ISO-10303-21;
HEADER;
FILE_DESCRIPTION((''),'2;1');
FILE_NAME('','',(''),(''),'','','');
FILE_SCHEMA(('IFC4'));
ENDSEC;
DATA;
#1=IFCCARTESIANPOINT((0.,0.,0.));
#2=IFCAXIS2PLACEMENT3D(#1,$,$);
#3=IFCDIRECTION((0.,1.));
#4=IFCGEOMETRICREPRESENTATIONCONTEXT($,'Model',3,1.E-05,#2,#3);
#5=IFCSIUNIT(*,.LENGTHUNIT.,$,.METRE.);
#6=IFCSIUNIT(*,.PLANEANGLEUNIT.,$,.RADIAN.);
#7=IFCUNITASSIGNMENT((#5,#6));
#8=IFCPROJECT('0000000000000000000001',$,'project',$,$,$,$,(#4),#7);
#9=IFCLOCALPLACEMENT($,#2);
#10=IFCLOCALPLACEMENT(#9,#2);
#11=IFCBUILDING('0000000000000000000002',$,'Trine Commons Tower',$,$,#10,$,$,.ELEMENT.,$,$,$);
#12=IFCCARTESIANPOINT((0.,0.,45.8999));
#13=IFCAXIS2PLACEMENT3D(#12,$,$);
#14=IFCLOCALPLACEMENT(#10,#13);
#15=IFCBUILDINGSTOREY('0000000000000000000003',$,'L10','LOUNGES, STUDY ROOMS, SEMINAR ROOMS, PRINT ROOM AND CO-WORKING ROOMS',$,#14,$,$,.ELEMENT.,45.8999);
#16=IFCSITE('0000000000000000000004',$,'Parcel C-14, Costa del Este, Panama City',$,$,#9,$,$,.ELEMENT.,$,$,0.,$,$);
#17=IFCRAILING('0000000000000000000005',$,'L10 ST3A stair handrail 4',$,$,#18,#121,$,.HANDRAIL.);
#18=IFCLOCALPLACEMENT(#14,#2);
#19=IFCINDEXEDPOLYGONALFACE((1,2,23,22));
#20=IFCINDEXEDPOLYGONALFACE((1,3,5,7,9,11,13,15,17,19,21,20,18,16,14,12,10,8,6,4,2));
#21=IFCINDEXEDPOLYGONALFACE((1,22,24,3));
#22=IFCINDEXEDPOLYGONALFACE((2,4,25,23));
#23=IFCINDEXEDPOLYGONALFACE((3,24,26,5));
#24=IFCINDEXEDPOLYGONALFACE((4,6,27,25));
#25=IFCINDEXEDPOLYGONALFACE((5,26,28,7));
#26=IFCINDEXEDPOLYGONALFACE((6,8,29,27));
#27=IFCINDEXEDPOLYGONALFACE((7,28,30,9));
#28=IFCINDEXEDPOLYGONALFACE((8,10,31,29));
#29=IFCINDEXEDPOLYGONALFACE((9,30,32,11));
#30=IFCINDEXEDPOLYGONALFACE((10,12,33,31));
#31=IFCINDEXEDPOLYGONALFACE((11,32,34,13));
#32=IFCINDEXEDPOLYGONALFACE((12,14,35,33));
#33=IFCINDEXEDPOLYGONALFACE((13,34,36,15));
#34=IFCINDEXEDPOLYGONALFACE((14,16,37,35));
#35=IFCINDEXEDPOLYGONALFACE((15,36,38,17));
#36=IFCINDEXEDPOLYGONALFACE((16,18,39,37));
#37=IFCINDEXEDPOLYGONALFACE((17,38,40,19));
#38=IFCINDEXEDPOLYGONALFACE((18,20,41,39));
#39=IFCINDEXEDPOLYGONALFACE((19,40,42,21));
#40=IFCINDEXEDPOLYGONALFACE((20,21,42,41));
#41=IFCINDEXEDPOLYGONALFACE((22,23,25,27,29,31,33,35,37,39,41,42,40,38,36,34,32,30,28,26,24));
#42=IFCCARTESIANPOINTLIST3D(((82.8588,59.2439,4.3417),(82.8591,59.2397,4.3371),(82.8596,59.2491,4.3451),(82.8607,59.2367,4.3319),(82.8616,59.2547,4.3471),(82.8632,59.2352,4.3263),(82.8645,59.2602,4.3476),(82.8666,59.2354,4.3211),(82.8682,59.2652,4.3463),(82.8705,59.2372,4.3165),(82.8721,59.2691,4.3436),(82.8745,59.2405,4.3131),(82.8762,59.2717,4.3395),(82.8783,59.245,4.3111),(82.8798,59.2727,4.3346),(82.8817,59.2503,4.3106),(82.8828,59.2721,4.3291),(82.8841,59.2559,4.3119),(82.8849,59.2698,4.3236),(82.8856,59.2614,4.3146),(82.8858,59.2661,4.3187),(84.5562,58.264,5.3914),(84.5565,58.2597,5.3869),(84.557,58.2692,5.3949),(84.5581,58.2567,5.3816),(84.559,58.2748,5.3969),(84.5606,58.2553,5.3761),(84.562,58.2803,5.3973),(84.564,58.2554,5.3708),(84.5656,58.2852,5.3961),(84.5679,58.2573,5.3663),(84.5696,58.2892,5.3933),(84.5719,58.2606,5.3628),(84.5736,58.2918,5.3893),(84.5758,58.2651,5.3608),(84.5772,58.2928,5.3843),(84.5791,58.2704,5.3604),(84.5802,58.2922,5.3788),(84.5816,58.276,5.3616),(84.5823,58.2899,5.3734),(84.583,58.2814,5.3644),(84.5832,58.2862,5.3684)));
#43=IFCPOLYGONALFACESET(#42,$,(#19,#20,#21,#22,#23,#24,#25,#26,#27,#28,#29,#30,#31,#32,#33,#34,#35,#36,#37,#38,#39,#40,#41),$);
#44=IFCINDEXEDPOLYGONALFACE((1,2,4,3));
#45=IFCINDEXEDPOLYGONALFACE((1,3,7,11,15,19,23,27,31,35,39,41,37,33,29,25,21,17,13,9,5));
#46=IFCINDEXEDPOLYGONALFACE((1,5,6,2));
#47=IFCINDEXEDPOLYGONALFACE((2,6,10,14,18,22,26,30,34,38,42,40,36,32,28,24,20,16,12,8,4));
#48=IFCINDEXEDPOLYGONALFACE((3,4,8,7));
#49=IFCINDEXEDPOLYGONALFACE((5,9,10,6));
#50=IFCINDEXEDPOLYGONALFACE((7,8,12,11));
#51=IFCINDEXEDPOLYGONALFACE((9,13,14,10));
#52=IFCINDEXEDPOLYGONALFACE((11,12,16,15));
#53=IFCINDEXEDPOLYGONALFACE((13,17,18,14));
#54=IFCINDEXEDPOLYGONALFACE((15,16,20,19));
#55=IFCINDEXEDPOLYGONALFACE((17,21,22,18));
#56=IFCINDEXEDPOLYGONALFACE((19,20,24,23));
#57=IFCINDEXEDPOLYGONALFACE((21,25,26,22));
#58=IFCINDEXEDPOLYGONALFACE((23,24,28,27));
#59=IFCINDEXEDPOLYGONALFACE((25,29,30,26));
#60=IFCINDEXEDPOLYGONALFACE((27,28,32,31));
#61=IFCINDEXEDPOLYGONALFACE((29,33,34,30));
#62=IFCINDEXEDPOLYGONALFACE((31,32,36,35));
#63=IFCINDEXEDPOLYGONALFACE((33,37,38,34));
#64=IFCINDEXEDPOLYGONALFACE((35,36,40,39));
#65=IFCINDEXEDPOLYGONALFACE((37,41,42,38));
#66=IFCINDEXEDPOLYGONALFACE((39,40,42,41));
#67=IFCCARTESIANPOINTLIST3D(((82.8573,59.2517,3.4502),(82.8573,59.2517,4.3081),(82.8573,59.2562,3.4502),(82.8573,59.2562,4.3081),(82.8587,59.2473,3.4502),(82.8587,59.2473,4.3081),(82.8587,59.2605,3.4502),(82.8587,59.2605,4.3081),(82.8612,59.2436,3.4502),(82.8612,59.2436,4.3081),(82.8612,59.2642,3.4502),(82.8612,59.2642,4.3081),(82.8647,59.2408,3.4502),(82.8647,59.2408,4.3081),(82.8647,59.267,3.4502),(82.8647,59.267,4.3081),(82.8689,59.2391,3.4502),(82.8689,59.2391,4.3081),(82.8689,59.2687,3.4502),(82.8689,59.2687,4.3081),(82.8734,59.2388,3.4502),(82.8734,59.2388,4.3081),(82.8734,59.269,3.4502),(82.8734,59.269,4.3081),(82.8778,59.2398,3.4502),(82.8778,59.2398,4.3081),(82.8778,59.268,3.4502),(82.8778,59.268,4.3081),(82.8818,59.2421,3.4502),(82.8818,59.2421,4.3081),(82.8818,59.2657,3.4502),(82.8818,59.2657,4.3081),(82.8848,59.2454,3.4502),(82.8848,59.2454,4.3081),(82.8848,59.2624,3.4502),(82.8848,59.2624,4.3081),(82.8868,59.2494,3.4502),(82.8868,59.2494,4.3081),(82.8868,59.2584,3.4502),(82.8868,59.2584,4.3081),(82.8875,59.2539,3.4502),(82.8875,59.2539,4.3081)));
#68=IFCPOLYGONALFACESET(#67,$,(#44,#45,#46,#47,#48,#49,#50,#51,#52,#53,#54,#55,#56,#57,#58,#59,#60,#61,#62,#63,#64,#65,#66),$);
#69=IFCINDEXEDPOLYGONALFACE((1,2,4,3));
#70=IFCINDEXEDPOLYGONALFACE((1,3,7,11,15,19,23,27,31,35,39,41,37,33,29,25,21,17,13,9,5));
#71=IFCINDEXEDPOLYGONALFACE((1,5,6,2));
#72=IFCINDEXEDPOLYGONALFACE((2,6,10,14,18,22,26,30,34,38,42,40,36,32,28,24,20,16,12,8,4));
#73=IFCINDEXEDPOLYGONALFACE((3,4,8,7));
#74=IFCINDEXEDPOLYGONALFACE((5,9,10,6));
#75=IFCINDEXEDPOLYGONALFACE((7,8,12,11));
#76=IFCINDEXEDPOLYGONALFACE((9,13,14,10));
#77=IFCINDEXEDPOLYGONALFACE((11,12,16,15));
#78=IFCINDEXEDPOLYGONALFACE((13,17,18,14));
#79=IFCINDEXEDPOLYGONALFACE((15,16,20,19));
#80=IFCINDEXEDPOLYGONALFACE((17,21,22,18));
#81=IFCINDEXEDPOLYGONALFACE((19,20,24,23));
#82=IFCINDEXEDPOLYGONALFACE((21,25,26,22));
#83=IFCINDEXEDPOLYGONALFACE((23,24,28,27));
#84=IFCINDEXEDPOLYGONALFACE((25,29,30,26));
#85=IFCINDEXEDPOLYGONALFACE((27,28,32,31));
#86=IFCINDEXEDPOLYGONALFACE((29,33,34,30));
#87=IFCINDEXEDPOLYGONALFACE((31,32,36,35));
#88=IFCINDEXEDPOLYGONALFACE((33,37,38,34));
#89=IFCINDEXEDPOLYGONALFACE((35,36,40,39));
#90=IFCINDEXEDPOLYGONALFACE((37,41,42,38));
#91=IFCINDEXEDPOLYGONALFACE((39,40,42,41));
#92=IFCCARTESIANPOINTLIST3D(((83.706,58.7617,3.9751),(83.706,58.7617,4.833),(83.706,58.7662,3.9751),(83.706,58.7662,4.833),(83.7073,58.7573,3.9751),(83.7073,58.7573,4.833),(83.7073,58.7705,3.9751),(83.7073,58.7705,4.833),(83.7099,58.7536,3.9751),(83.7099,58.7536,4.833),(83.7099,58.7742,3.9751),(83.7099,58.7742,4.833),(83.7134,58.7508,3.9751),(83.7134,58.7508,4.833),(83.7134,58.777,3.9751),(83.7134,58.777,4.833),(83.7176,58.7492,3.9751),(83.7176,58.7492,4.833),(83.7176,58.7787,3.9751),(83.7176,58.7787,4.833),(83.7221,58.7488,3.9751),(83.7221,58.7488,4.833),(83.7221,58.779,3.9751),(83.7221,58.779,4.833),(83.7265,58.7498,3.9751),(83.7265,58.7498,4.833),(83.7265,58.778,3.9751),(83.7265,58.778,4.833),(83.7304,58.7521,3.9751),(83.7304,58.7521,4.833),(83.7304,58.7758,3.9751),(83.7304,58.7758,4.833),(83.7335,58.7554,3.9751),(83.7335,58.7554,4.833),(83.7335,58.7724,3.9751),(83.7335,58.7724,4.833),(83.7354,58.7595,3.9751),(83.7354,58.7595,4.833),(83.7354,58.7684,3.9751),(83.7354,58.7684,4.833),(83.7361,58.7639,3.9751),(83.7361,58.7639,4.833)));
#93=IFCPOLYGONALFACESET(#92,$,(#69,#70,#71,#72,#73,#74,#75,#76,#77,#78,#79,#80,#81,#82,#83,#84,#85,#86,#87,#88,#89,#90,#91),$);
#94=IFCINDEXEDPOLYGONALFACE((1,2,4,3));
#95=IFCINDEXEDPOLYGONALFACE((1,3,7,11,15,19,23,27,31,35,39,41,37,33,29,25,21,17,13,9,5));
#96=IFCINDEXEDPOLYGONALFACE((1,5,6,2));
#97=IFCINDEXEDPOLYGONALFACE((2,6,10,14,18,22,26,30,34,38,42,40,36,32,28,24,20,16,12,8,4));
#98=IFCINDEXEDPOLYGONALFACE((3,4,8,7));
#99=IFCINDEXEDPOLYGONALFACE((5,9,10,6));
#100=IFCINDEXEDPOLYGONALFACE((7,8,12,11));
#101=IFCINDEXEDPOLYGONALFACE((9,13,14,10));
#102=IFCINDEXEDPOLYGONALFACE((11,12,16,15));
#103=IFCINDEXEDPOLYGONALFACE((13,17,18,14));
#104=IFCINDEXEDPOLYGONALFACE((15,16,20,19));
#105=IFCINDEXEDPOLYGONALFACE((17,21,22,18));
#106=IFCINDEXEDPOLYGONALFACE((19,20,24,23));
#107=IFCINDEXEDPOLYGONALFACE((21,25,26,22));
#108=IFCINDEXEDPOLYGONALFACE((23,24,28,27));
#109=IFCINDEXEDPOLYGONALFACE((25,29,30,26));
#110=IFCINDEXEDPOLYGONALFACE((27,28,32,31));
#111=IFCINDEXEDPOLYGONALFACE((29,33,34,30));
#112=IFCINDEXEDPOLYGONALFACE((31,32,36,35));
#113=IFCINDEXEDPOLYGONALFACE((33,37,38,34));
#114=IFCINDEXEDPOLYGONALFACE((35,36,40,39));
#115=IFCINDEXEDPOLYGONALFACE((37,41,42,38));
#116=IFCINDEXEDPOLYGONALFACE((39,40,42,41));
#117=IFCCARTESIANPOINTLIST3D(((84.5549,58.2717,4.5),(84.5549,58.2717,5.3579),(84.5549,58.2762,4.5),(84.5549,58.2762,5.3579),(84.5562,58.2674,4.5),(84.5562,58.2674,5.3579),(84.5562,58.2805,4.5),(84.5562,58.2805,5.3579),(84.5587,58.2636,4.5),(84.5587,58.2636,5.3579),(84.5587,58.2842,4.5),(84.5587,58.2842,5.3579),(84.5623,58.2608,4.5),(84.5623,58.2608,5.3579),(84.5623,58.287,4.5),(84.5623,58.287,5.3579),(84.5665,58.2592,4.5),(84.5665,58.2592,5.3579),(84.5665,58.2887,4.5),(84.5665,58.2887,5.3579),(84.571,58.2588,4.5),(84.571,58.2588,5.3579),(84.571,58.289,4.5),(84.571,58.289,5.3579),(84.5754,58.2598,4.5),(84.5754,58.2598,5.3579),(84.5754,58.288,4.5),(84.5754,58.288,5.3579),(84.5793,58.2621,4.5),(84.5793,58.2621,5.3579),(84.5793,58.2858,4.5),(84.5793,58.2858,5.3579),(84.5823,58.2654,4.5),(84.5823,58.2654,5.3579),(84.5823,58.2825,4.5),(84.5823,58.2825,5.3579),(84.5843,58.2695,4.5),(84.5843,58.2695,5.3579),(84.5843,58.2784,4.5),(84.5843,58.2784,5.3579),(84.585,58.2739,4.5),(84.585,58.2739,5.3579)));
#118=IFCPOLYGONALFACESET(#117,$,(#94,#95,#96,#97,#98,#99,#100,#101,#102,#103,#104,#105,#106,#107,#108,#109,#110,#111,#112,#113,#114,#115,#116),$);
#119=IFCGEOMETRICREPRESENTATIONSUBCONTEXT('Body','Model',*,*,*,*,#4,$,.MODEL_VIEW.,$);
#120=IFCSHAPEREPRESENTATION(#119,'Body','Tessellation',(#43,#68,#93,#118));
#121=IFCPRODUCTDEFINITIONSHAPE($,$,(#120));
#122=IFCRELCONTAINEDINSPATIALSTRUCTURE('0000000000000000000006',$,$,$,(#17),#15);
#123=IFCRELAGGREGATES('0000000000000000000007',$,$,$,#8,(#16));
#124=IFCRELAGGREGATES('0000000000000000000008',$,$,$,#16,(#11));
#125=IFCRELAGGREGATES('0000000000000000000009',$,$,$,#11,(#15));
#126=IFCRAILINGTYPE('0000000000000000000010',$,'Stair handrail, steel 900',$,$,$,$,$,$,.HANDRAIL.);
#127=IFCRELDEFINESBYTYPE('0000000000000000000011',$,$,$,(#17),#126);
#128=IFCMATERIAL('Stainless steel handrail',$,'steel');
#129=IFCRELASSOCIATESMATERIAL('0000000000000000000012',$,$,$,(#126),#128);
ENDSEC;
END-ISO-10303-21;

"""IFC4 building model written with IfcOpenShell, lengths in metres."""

from ifc_helpers import new_model, si_unit, direction, frame, origin, origin_2d, place, context, subcontext, project, spatial, circle, extrude, material, type_object, element, save


model = new_model("IFC4")

# Units and contexts
model_context = context("Model", 3, precision=1e-05, world=origin(), true_north=direction((0.0, 1.0)))
body_context = subcontext(model_context, "Body", "Model", "MODEL_VIEW")
ifc_project = project(units=[si_unit("LENGTHUNIT", "METRE"), si_unit("PLANEANGLEUNIT", "RADIAN")], contexts=[model_context])

# Site, building, storey
site_placement = place(None, origin())
site = spatial("IfcSite", under=ifc_project, at=site_placement, Name="Parcel C-14, Costa del Este, Panama City", CompositionType="ELEMENT", RefElevation=0.0)
building_placement = place(site_placement, origin())
building = spatial("IfcBuilding", under=site, at=building_placement, Name="Trine Commons Tower", CompositionType="ELEMENT")
storey_placement = place(building_placement, frame((0.0, 0.0, 45.8999)))
storey = spatial("IfcBuildingStorey", under=building, at=storey_placement, Name="L10", Description="LOUNGES, STUDY ROOMS, SEMINAR ROOMS, PRINT ROOM AND CO-WORKING ROOMS", CompositionType="ELEMENT", Elevation=45.8999)

# Railing
ifc_material_1 = material(Name="Stainless steel handrail", Category="steel")
railing_type_1 = type_object("IfcRailingType", Name="Stair handrail, steel 900", PredefinedType="HANDRAIL", material=ifc_material_1)
railing_1_placement = place(storey_placement, frame((82.8723, 59.2539, 3.4502)))
element("IfcRailing", 1, at=railing_1_placement, inside=storey, type_object=railing_type_1, Name="L10 ST3A stair handrail 4", PredefinedType="HANDRAIL", context=body_context, shape_type="SweptSolid", body=[
    extrude(circle(Radius=0.021, at=origin_2d()), frame((0.0, 0.0, 0.8789), z_axis=(0.763437, -0.440736, 0.472139), x_axis=(0.49997, 0.866042, 0.0)), (0.0, 0.0, 1.0), 2.2234),
    extrude(circle(Radius=0.0151, at=origin_2d()), origin(), (0.0, 0.0, 1.0), 0.8579),
    extrude(circle(Radius=0.0151, at=origin_2d()), frame((0.8486, -0.49, 0.5249)), (0.0, 0.0, 1.0), 0.8579),
    extrude(circle(Radius=0.0151, at=origin_2d()), frame((1.6975, -0.98, 1.0498)), (0.0, 0.0, 1.0), 0.8579),
])

save(model, "model.ifc")
